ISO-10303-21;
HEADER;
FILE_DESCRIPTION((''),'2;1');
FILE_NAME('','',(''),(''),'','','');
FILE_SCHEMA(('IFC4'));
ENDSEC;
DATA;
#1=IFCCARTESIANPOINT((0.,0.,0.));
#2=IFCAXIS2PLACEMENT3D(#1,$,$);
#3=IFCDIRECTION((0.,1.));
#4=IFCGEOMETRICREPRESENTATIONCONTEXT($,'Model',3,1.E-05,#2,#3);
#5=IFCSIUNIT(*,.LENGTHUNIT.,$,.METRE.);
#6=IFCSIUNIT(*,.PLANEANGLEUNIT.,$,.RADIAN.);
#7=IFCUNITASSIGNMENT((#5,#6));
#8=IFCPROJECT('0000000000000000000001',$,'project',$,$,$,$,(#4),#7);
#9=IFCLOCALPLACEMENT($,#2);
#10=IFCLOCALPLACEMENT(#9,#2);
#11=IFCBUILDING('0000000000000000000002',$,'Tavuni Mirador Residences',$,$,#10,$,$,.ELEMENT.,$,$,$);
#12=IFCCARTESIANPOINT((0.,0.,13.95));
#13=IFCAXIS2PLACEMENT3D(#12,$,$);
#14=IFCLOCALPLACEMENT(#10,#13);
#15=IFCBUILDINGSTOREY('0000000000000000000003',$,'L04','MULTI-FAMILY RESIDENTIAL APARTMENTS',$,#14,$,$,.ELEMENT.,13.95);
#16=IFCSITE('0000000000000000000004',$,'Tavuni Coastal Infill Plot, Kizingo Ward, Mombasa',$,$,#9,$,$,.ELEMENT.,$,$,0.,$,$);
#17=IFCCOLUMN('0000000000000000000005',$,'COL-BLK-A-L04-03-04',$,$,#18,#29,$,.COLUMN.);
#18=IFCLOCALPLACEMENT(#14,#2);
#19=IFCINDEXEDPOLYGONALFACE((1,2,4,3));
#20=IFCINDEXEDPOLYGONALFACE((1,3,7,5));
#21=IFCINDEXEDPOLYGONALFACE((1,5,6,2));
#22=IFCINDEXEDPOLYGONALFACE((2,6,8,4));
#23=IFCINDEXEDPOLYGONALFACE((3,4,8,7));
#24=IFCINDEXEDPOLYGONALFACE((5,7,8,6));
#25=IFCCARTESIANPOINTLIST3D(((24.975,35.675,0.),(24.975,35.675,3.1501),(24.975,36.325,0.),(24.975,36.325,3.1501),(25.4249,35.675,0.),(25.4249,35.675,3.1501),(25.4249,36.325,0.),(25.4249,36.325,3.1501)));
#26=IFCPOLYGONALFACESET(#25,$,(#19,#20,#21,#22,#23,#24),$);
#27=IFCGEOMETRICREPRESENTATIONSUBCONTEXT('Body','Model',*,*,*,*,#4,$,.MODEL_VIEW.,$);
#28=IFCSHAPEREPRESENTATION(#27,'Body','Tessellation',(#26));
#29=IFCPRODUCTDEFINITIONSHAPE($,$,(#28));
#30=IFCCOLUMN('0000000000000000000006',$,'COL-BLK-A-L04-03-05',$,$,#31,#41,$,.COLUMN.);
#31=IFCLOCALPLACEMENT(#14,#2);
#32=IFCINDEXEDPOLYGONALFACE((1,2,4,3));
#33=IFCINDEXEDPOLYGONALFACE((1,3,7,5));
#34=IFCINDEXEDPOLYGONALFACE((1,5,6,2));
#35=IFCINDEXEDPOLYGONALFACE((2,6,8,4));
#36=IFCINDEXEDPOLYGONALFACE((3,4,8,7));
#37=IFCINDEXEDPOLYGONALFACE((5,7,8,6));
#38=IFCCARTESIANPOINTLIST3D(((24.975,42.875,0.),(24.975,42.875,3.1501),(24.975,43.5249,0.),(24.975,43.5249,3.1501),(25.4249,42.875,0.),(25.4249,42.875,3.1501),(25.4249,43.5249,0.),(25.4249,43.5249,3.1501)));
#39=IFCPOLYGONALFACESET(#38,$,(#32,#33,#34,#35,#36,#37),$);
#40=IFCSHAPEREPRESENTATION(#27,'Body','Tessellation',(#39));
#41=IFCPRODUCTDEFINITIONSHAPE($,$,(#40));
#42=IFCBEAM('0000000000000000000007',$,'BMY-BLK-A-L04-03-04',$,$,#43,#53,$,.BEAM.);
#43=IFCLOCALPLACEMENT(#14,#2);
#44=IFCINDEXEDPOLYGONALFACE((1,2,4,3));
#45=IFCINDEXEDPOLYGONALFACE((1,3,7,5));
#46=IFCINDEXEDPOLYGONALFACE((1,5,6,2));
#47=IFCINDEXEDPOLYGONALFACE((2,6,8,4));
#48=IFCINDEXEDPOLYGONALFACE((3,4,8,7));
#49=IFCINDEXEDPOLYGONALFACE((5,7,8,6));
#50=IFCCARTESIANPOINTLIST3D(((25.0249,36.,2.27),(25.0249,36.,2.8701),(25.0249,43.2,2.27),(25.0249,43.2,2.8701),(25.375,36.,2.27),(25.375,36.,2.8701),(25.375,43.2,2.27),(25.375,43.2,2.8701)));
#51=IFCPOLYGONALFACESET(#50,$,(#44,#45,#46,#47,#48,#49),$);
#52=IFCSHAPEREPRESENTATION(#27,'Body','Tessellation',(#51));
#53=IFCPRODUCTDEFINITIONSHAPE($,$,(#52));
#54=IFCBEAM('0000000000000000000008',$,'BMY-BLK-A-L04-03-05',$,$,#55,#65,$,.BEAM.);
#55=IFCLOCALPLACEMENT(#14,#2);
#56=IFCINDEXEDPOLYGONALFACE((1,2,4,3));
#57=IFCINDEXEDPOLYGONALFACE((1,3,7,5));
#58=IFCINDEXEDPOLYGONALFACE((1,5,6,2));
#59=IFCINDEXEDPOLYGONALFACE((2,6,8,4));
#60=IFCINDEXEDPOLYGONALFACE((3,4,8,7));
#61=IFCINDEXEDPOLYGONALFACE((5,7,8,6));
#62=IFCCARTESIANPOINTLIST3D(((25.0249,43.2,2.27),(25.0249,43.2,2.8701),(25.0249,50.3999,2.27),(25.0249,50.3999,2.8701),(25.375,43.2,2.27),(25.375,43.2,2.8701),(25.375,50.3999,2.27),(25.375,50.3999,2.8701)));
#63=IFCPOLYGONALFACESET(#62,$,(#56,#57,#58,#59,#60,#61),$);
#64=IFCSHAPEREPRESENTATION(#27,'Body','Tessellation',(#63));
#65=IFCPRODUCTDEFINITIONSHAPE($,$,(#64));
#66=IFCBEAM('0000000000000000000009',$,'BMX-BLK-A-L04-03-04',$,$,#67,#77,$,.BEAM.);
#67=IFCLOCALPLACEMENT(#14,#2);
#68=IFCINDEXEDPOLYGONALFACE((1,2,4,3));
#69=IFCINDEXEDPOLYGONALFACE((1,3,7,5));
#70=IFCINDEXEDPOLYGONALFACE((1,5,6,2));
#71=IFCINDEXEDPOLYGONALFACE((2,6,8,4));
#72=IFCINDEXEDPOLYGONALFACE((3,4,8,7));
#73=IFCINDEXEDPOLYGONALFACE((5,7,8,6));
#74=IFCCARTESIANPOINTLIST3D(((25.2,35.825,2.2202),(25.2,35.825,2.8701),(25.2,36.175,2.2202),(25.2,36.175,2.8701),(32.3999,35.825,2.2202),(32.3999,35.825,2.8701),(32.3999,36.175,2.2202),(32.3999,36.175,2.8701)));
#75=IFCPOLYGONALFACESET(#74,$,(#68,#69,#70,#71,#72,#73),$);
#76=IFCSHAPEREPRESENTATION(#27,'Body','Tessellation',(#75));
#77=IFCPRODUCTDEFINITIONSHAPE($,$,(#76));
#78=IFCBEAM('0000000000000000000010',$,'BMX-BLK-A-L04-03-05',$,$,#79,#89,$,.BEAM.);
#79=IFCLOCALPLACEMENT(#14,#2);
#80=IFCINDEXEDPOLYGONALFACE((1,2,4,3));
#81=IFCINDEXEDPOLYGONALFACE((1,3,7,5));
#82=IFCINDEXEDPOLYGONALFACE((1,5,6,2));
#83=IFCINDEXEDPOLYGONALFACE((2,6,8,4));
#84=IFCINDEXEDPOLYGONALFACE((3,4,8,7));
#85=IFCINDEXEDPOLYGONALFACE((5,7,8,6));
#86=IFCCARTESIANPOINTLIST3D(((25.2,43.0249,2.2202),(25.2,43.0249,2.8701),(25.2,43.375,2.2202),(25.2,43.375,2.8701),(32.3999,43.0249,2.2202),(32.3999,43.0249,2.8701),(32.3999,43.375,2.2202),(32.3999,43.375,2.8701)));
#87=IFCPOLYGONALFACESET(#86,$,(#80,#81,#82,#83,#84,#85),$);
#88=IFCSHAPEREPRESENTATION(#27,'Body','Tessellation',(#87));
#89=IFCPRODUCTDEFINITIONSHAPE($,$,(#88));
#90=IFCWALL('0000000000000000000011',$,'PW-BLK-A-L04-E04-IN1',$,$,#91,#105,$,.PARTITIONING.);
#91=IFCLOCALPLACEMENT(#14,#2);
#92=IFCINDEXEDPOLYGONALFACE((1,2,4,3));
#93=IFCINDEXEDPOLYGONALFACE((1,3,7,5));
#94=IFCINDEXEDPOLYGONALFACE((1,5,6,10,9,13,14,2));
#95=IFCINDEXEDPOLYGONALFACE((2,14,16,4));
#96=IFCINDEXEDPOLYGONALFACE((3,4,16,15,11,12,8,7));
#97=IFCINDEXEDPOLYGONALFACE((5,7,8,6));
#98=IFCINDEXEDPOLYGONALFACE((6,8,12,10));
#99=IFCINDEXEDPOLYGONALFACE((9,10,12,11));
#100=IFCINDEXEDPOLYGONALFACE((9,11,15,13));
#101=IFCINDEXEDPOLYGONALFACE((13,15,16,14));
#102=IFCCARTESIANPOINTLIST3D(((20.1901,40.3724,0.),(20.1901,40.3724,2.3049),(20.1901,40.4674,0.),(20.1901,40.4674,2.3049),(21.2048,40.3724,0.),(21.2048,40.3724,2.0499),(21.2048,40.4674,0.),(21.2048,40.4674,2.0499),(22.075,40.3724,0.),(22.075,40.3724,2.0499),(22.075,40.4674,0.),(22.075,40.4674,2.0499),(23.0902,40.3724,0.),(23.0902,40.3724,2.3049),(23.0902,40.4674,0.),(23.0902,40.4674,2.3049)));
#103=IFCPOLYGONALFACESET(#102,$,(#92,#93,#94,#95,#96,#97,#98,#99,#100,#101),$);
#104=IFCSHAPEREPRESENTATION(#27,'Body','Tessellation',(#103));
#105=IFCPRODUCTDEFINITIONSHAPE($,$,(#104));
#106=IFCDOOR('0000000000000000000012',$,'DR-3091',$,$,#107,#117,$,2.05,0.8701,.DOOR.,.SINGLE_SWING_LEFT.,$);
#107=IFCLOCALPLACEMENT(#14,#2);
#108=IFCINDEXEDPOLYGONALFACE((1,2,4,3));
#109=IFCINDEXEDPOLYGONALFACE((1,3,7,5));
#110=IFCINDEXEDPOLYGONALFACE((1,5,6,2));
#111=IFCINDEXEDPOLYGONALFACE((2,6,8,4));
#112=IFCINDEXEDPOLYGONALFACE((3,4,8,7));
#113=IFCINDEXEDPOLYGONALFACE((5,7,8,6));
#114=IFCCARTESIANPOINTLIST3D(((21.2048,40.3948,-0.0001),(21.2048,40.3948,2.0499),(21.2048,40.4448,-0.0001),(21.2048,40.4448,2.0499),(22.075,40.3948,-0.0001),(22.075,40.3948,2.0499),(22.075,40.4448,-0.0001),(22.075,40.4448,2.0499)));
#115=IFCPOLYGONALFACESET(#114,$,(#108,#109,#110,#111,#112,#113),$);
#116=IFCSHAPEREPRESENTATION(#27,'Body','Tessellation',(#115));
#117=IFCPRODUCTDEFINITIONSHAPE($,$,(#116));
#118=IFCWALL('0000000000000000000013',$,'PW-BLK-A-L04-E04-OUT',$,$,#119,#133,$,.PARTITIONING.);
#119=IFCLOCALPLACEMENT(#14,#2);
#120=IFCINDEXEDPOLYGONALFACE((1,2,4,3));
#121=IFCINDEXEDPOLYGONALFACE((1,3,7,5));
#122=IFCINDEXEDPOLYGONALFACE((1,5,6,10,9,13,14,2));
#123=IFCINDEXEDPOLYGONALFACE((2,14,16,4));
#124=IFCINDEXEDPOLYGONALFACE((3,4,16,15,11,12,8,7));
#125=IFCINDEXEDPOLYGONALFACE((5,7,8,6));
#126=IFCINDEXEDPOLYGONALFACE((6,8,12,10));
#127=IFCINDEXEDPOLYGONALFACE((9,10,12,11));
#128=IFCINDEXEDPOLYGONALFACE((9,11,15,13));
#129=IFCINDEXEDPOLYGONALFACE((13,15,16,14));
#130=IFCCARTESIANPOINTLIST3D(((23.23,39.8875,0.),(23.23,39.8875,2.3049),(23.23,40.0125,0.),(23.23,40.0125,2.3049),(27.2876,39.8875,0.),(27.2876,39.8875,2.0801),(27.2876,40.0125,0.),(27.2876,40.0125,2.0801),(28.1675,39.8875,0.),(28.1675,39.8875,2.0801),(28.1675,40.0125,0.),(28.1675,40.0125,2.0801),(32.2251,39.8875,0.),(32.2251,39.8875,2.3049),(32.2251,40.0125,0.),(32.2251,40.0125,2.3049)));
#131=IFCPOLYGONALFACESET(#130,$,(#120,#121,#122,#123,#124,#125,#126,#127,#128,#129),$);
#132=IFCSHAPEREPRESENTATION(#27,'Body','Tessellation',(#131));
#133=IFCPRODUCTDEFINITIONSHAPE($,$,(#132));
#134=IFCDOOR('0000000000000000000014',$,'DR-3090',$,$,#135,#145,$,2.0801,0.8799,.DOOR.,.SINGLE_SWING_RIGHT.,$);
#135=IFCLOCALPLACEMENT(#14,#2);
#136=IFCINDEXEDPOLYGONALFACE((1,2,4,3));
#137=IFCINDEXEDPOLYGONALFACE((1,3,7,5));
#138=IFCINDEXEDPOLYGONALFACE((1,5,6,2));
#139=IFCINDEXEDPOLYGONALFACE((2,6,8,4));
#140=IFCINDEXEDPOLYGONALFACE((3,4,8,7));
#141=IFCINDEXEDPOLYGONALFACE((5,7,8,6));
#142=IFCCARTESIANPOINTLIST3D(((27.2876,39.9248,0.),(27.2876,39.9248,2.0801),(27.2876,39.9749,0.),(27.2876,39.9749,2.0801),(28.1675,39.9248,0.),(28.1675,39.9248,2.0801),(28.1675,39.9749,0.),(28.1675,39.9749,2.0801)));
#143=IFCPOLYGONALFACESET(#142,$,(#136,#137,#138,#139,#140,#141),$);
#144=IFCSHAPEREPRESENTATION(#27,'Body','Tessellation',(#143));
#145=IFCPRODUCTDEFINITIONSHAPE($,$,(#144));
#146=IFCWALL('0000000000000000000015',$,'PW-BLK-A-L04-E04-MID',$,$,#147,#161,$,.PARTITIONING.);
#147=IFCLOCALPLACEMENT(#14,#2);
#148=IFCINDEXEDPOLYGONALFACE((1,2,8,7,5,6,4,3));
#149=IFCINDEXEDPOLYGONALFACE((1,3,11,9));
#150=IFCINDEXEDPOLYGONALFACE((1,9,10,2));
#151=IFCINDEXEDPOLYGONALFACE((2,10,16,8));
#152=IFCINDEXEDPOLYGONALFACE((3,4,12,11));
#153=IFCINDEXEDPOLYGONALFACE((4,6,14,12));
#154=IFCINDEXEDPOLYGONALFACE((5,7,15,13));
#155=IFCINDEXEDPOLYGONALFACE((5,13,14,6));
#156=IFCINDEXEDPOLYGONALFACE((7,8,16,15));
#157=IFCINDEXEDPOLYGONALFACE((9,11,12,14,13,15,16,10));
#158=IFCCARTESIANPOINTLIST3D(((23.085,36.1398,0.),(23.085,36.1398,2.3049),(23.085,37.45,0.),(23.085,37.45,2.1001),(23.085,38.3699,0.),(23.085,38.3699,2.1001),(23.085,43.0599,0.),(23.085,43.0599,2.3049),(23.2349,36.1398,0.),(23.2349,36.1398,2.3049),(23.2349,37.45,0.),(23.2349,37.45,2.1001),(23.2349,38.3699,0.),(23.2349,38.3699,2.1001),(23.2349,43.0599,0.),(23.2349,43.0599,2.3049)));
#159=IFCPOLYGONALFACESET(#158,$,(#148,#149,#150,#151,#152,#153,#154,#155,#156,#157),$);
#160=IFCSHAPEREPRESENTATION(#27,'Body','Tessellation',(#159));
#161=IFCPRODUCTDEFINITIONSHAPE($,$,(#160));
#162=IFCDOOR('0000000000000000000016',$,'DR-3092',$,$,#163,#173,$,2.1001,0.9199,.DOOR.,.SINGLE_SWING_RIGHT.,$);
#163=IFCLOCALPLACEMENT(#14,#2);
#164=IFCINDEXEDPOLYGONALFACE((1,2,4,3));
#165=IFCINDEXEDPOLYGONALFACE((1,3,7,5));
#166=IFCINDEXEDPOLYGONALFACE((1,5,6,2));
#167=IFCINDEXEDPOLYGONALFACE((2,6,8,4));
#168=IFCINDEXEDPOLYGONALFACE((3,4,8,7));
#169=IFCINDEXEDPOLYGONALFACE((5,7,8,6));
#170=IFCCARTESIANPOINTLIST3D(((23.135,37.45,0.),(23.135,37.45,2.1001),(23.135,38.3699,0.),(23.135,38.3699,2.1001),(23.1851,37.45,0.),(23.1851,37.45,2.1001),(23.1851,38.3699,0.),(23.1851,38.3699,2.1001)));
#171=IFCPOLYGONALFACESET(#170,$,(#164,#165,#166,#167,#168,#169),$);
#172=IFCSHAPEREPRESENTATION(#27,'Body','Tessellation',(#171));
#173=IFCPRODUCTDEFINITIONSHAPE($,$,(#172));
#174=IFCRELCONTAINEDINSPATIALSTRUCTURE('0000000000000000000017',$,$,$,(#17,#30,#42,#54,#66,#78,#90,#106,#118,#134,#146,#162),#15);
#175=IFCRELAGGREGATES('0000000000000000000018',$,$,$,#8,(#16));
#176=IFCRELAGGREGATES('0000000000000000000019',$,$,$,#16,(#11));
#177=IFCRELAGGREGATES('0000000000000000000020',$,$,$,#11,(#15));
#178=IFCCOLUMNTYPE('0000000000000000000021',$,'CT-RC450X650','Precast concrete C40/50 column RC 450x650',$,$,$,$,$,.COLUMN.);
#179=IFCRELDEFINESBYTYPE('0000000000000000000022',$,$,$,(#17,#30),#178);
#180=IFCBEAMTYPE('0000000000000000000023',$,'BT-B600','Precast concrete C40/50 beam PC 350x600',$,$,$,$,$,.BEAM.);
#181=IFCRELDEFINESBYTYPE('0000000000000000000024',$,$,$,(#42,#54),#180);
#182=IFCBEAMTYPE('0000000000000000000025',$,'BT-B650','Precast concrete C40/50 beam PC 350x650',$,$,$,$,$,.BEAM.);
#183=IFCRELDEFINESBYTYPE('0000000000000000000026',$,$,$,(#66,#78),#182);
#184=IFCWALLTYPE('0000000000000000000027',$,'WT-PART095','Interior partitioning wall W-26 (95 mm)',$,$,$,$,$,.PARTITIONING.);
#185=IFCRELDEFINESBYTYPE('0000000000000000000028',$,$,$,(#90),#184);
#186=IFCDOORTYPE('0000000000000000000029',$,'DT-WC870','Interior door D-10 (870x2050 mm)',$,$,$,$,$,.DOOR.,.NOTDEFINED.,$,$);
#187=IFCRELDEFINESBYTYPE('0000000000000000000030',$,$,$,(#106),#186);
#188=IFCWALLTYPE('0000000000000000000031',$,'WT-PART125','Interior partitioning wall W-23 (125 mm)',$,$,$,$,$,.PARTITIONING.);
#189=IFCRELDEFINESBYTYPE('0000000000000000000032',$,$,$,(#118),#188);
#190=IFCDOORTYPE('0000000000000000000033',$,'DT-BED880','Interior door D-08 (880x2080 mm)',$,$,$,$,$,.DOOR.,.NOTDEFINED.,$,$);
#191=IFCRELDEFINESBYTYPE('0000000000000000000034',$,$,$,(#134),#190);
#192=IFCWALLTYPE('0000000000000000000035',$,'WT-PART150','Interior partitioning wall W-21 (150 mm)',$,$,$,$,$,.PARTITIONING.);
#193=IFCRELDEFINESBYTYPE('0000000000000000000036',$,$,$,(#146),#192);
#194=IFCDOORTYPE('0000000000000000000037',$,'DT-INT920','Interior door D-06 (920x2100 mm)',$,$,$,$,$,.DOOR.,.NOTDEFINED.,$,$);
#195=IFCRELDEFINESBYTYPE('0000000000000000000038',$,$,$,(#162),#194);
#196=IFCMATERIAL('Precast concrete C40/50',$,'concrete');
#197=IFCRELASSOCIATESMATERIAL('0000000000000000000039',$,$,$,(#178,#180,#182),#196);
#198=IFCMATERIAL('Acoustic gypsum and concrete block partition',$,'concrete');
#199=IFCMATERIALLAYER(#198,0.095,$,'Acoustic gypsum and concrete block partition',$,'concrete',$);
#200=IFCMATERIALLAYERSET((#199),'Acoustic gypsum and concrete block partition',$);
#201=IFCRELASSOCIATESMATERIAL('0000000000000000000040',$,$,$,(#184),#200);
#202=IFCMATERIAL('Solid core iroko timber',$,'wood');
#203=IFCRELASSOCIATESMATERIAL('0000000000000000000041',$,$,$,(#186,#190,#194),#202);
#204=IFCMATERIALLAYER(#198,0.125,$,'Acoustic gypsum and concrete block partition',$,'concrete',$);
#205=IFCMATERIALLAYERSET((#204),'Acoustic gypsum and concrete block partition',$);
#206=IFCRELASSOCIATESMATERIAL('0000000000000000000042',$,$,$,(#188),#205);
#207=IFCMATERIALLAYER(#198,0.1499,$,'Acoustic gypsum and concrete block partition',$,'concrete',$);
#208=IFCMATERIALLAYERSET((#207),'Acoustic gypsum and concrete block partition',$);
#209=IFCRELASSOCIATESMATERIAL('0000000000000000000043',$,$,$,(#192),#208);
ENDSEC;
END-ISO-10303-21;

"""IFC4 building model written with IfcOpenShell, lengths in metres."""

from ifc_helpers import new_model, si_unit, direction, frame, frame_2d, origin, origin_2d, place, context, subcontext, project, spatial, rectangle, extrude, material, layer, layer_set, material_profile, profile_set, type_object, element, fill, save


model = new_model("IFC4")

# Units and contexts
model_context = context("Model", 3, precision=1e-05, world=origin(), true_north=direction((0.0, 1.0)))
body_context = subcontext(model_context, "Body", "Model", "MODEL_VIEW")
ifc_project = project(units=[si_unit("LENGTHUNIT", "METRE"), si_unit("PLANEANGLEUNIT", "RADIAN")], contexts=[model_context])

# Site, building, storey
site_placement = place(None, origin())
site = spatial("IfcSite", under=ifc_project, at=site_placement, Name="Tavuni Coastal Infill Plot, Kizingo Ward, Mombasa", CompositionType="ELEMENT", RefElevation=0.0)
building_placement = place(site_placement, origin())
building = spatial("IfcBuilding", under=site, at=building_placement, Name="Tavuni Mirador Residences", CompositionType="ELEMENT")
storey_placement = place(building_placement, frame((0.0, 0.0, 13.95)))
storey = spatial("IfcBuildingStorey", under=building, at=storey_placement, Name="L04", Description="MULTI-FAMILY RESIDENTIAL APARTMENTS", CompositionType="ELEMENT", Elevation=13.95)

# Columns
ifc_material_1 = material(Name="Precast concrete C40/50", Category="concrete")
ifc_material_profile_1 = material_profile(ifc_material_1, rectangle(XDim=0.45, YDim=0.6499, at=origin_2d()), Name="RC 450x650", Category="concrete")
ifc_profile_set_1 = profile_set([ifc_material_profile_1], Name="Precast concrete C40/50")
column_type = type_object("IfcColumnType", Name="CT-RC450X650", Description="Precast concrete C40/50 column RC 450x650", PredefinedType="COLUMN", material=ifc_profile_set_1)
for number, where, z_axis, x_axis, name in (
    (1, (25.2, 36.0, 0.0), (0.0, 0.0, 1.0), (1.0, 0.0, 0.0), "COL-BLK-A-L04-03-04"),
    (2, (25.2, 43.2, 0.0), (0.0, 0.0, 1.0), (1.0, 0.0, 0.0), "COL-BLK-A-L04-03-05"),
):
    element("IfcColumn", number, at=place(storey_placement, frame(where, z_axis=z_axis, x_axis=x_axis)), inside=storey, type_object=column_type, Name=name, PredefinedType="COLUMN", context=body_context, shape_type="SweptSolid", body=[
        extrude(rectangle(XDim=0.45, YDim=0.6499, at=origin_2d()), origin(), (0.0, 0.0, 1.0), 3.1501),
    ])

# Beams
ifc_material_profile_2 = material_profile(ifc_material_1, rectangle(XDim=0.3501, YDim=0.6001, at=origin_2d()), Name="PC 350x600", Category="concrete")
ifc_profile_set_2 = profile_set([ifc_material_profile_2], Name="Precast concrete C40/50")
beam_type_1 = type_object("IfcBeamType", Name="BT-B600", Description="Precast concrete C40/50 beam PC 350x600", PredefinedType="BEAM", material=ifc_profile_set_2)
for number, where, z_axis, x_axis, name in (
    (3, (25.2, 36.0, 2.5701), (0.0, 1.0, 0.0), (-1.0, 0.0, 0.0), "BMY-BLK-A-L04-03-04"),
    (4, (25.2, 43.2, 2.5701), (0.0, 1.0, 0.0), (-1.0, 0.0, 0.0), "BMY-BLK-A-L04-03-05"),
):
    element("IfcBeam", number, at=place(storey_placement, frame(where, z_axis=z_axis, x_axis=x_axis)), inside=storey, type_object=beam_type_1, Name=name, PredefinedType="BEAM", context=body_context, shape_type="SweptSolid", body=[
        extrude(rectangle(XDim=0.3501, YDim=0.6001, at=origin_2d()), origin(), (0.0, 0.0, 1.0), 7.2),
    ])
ifc_material_profile_3 = material_profile(ifc_material_1, rectangle(XDim=0.3501, YDim=0.6499, at=origin_2d()), Name="PC 350x650", Category="concrete")
ifc_profile_set_3 = profile_set([ifc_material_profile_3], Name="Precast concrete C40/50")
beam_type_2 = type_object("IfcBeamType", Name="BT-B650", Description="Precast concrete C40/50 beam PC 350x650", PredefinedType="BEAM", material=ifc_profile_set_3)
for number, where, z_axis, x_axis, name in (
    (5, (25.2, 36.0, 2.5452), (1.0, 0.0, 0.0), (0.0, 1.0, 0.0), "BMX-BLK-A-L04-03-04"),
    (6, (25.2, 43.2, 2.5452), (1.0, 0.0, 0.0), (0.0, 1.0, 0.0), "BMX-BLK-A-L04-03-05"),
):
    element("IfcBeam", number, at=place(storey_placement, frame(where, z_axis=z_axis, x_axis=x_axis)), inside=storey, type_object=beam_type_2, Name=name, PredefinedType="BEAM", context=body_context, shape_type="SweptSolid", body=[
        extrude(rectangle(XDim=0.3501, YDim=0.6499, at=origin_2d()), origin(), (0.0, 0.0, 1.0), 7.2),
    ])

# Walls, openings, doors
ifc_material_2 = material(Name="Solid core iroko timber", Category="wood")
ifc_material_3 = material(Name="Acoustic gypsum and concrete block partition", Category="concrete")
ifc_layer_1 = layer(ifc_material_3, 0.095, Name="Acoustic gypsum and concrete block partition", Category="concrete")
ifc_layer_set_1 = layer_set([ifc_layer_1], Name="Acoustic gypsum and concrete block partition")
wall_type_1 = type_object("IfcWallType", Name="WT-PART095", Description="Interior partitioning wall W-26 (95 mm)", PredefinedType="PARTITIONING", material=ifc_layer_set_1)
wall_1_placement = place(storey_placement, frame((20.1899, 40.4199, 0.0), z_axis=(0.0, 0.0, 1.0), x_axis=(1.0, 0.0, 0.0)))
wall_1 = element("IfcWall", 7, at=wall_1_placement, inside=storey, type_object=wall_type_1, Name="PW-BLK-A-L04-E04-IN1", PredefinedType="PARTITIONING", context=body_context, shape_type="SweptSolid", body=[
    extrude(rectangle(XDim=2.9001, YDim=0.095, at=frame_2d((1.4502, 0.0))), origin(), (0.0, 0.0, 1.0), 2.3049),
])
opening_1_placement = place(wall_1_placement, frame((1.0149, 0.0, 0.0)))
opening_1 = element("IfcOpeningElement", 8, at=opening_1_placement, cuts=wall_1, PredefinedType="OPENING", context=body_context, shape_type="SweptSolid", body=[
    extrude(rectangle(XDim=0.8701, YDim=2.05, at=frame_2d((0.4351, 1.0249))), frame((0.0, 0.0576, 0.0), z_axis=(0.0, -1.0, 0.0), x_axis=(1.0, 0.0, 0.0)), (0.0, 0.0, 1.0), 0.115),
])
door_type_1 = type_object("IfcDoorType", Name="DT-WC870", Description="Interior door D-10 (870x2050 mm)", OperationType="NOTDEFINED", PredefinedType="DOOR", material=ifc_material_2)
door_1_placement = place(opening_1_placement, origin())
door_1 = element("IfcDoor", 9, at=door_1_placement, inside=storey, type_object=door_type_1, Name="DR-3091", OperationType="SINGLE_SWING_LEFT", OverallHeight=2.05, OverallWidth=0.8701, PredefinedType="DOOR", context=body_context, shape_type="SweptSolid", body=[
    extrude(rectangle(XDim=0.8701, YDim=2.05, at=frame_2d((0.4351, 1.0249))), frame((0.0, 0.0249, 0.0), z_axis=(0.0, -1.0, 0.0), x_axis=(1.0, 0.0, 0.0)), (0.0, 0.0, 1.0), 0.05),
])
fill(opening_1, door_1)
ifc_layer_2 = layer(ifc_material_3, 0.125, Name="Acoustic gypsum and concrete block partition", Category="concrete")
ifc_layer_set_2 = layer_set([ifc_layer_2], Name="Acoustic gypsum and concrete block partition")
wall_type_2 = type_object("IfcWallType", Name="WT-PART125", Description="Interior partitioning wall W-23 (125 mm)", PredefinedType="PARTITIONING", material=ifc_layer_set_2)
wall_2_placement = place(storey_placement, frame((23.23, 39.95, 0.0), z_axis=(0.0, 0.0, 1.0), x_axis=(1.0, 0.0, 0.0)))
wall_2 = element("IfcWall", 10, at=wall_2_placement, inside=storey, type_object=wall_type_2, Name="PW-BLK-A-L04-E04-OUT", PredefinedType="PARTITIONING", context=body_context, shape_type="SweptSolid", body=[
    extrude(rectangle(XDim=8.9951, YDim=0.125, at=frame_2d((4.4976, 0.0))), origin(), (0.0, 0.0, 1.0), 2.3049),
])
opening_2_placement = place(wall_2_placement, frame((4.0576, 0.0, 0.0)))
opening_2 = element("IfcOpeningElement", 11, at=opening_2_placement, cuts=wall_2, PredefinedType="OPENING", context=body_context, shape_type="SweptSolid", body=[
    extrude(rectangle(XDim=0.8799, YDim=2.0801, at=frame_2d((0.4399, 1.04))), frame((0.0, 0.0725, 0.0), z_axis=(0.0, -1.0, 0.0), x_axis=(1.0, 0.0, 0.0)), (0.0, 0.0, 1.0), 0.145),
])
door_type_2 = type_object("IfcDoorType", Name="DT-BED880", Description="Interior door D-08 (880x2080 mm)", OperationType="NOTDEFINED", PredefinedType="DOOR", material=ifc_material_2)
door_2_placement = place(opening_2_placement, origin())
door_2 = element("IfcDoor", 12, at=door_2_placement, inside=storey, type_object=door_type_2, Name="DR-3090", OperationType="SINGLE_SWING_RIGHT", OverallHeight=2.0801, OverallWidth=0.8799, PredefinedType="DOOR", context=body_context, shape_type="SweptSolid", body=[
    extrude(rectangle(XDim=0.8799, YDim=2.0801, at=frame_2d((0.4399, 1.04))), frame((0.0, 0.0249, 0.0), z_axis=(0.0, -1.0, 0.0), x_axis=(1.0, 0.0, 0.0)), (0.0, 0.0, 1.0), 0.05),
])
fill(opening_2, door_2)
ifc_layer_3 = layer(ifc_material_3, 0.1499, Name="Acoustic gypsum and concrete block partition", Category="concrete")
ifc_layer_set_3 = layer_set([ifc_layer_3], Name="Acoustic gypsum and concrete block partition")
wall_type_3 = type_object("IfcWallType", Name="WT-PART150", Description="Interior partitioning wall W-21 (150 mm)", PredefinedType="PARTITIONING", material=ifc_layer_set_3)
wall_3_placement = place(storey_placement, frame((23.1599, 36.1399, 0.0), z_axis=(0.0, 0.0, 1.0), x_axis=(0.0, 1.0, 0.0)))
wall_3 = element("IfcWall", 13, at=wall_3_placement, inside=storey, type_object=wall_type_3, Name="PW-BLK-A-L04-E04-MID", PredefinedType="PARTITIONING", context=body_context, shape_type="SweptSolid", body=[
    extrude(rectangle(XDim=6.9202, YDim=0.1499, at=frame_2d((3.46, 0.0))), origin(), (0.0, 0.0, 1.0), 2.3049),
])
opening_3_placement = place(wall_3_placement, frame((1.3101, 0.0, 0.0)))
opening_3 = element("IfcOpeningElement", 14, at=opening_3_placement, cuts=wall_3, PredefinedType="OPENING", context=body_context, shape_type="SweptSolid", body=[
    extrude(rectangle(XDim=0.9199, YDim=2.1001, at=frame_2d((0.46, 1.05))), frame((0.0, 0.085, 0.0), z_axis=(0.0, -1.0, 0.0), x_axis=(1.0, 0.0, 0.0)), (0.0, 0.0, 1.0), 0.1699),
])
door_type_3 = type_object("IfcDoorType", Name="DT-INT920", Description="Interior door D-06 (920x2100 mm)", OperationType="NOTDEFINED", PredefinedType="DOOR", material=ifc_material_2)
door_3_placement = place(opening_3_placement, origin())
door_3 = element("IfcDoor", 15, at=door_3_placement, inside=storey, type_object=door_type_3, Name="DR-3092", OperationType="SINGLE_SWING_RIGHT", OverallHeight=2.1001, OverallWidth=0.9199, PredefinedType="DOOR", context=body_context, shape_type="SweptSolid", body=[
    extrude(rectangle(XDim=0.9199, YDim=2.1001, at=frame_2d((0.46, 1.05))), frame((0.0, 0.0249, 0.0), z_axis=(0.0, -1.0, 0.0), x_axis=(1.0, 0.0, 0.0)), (0.0, 0.0, 1.0), 0.05),
])
fill(opening_3, door_3)

save(model, "model.ifc")
